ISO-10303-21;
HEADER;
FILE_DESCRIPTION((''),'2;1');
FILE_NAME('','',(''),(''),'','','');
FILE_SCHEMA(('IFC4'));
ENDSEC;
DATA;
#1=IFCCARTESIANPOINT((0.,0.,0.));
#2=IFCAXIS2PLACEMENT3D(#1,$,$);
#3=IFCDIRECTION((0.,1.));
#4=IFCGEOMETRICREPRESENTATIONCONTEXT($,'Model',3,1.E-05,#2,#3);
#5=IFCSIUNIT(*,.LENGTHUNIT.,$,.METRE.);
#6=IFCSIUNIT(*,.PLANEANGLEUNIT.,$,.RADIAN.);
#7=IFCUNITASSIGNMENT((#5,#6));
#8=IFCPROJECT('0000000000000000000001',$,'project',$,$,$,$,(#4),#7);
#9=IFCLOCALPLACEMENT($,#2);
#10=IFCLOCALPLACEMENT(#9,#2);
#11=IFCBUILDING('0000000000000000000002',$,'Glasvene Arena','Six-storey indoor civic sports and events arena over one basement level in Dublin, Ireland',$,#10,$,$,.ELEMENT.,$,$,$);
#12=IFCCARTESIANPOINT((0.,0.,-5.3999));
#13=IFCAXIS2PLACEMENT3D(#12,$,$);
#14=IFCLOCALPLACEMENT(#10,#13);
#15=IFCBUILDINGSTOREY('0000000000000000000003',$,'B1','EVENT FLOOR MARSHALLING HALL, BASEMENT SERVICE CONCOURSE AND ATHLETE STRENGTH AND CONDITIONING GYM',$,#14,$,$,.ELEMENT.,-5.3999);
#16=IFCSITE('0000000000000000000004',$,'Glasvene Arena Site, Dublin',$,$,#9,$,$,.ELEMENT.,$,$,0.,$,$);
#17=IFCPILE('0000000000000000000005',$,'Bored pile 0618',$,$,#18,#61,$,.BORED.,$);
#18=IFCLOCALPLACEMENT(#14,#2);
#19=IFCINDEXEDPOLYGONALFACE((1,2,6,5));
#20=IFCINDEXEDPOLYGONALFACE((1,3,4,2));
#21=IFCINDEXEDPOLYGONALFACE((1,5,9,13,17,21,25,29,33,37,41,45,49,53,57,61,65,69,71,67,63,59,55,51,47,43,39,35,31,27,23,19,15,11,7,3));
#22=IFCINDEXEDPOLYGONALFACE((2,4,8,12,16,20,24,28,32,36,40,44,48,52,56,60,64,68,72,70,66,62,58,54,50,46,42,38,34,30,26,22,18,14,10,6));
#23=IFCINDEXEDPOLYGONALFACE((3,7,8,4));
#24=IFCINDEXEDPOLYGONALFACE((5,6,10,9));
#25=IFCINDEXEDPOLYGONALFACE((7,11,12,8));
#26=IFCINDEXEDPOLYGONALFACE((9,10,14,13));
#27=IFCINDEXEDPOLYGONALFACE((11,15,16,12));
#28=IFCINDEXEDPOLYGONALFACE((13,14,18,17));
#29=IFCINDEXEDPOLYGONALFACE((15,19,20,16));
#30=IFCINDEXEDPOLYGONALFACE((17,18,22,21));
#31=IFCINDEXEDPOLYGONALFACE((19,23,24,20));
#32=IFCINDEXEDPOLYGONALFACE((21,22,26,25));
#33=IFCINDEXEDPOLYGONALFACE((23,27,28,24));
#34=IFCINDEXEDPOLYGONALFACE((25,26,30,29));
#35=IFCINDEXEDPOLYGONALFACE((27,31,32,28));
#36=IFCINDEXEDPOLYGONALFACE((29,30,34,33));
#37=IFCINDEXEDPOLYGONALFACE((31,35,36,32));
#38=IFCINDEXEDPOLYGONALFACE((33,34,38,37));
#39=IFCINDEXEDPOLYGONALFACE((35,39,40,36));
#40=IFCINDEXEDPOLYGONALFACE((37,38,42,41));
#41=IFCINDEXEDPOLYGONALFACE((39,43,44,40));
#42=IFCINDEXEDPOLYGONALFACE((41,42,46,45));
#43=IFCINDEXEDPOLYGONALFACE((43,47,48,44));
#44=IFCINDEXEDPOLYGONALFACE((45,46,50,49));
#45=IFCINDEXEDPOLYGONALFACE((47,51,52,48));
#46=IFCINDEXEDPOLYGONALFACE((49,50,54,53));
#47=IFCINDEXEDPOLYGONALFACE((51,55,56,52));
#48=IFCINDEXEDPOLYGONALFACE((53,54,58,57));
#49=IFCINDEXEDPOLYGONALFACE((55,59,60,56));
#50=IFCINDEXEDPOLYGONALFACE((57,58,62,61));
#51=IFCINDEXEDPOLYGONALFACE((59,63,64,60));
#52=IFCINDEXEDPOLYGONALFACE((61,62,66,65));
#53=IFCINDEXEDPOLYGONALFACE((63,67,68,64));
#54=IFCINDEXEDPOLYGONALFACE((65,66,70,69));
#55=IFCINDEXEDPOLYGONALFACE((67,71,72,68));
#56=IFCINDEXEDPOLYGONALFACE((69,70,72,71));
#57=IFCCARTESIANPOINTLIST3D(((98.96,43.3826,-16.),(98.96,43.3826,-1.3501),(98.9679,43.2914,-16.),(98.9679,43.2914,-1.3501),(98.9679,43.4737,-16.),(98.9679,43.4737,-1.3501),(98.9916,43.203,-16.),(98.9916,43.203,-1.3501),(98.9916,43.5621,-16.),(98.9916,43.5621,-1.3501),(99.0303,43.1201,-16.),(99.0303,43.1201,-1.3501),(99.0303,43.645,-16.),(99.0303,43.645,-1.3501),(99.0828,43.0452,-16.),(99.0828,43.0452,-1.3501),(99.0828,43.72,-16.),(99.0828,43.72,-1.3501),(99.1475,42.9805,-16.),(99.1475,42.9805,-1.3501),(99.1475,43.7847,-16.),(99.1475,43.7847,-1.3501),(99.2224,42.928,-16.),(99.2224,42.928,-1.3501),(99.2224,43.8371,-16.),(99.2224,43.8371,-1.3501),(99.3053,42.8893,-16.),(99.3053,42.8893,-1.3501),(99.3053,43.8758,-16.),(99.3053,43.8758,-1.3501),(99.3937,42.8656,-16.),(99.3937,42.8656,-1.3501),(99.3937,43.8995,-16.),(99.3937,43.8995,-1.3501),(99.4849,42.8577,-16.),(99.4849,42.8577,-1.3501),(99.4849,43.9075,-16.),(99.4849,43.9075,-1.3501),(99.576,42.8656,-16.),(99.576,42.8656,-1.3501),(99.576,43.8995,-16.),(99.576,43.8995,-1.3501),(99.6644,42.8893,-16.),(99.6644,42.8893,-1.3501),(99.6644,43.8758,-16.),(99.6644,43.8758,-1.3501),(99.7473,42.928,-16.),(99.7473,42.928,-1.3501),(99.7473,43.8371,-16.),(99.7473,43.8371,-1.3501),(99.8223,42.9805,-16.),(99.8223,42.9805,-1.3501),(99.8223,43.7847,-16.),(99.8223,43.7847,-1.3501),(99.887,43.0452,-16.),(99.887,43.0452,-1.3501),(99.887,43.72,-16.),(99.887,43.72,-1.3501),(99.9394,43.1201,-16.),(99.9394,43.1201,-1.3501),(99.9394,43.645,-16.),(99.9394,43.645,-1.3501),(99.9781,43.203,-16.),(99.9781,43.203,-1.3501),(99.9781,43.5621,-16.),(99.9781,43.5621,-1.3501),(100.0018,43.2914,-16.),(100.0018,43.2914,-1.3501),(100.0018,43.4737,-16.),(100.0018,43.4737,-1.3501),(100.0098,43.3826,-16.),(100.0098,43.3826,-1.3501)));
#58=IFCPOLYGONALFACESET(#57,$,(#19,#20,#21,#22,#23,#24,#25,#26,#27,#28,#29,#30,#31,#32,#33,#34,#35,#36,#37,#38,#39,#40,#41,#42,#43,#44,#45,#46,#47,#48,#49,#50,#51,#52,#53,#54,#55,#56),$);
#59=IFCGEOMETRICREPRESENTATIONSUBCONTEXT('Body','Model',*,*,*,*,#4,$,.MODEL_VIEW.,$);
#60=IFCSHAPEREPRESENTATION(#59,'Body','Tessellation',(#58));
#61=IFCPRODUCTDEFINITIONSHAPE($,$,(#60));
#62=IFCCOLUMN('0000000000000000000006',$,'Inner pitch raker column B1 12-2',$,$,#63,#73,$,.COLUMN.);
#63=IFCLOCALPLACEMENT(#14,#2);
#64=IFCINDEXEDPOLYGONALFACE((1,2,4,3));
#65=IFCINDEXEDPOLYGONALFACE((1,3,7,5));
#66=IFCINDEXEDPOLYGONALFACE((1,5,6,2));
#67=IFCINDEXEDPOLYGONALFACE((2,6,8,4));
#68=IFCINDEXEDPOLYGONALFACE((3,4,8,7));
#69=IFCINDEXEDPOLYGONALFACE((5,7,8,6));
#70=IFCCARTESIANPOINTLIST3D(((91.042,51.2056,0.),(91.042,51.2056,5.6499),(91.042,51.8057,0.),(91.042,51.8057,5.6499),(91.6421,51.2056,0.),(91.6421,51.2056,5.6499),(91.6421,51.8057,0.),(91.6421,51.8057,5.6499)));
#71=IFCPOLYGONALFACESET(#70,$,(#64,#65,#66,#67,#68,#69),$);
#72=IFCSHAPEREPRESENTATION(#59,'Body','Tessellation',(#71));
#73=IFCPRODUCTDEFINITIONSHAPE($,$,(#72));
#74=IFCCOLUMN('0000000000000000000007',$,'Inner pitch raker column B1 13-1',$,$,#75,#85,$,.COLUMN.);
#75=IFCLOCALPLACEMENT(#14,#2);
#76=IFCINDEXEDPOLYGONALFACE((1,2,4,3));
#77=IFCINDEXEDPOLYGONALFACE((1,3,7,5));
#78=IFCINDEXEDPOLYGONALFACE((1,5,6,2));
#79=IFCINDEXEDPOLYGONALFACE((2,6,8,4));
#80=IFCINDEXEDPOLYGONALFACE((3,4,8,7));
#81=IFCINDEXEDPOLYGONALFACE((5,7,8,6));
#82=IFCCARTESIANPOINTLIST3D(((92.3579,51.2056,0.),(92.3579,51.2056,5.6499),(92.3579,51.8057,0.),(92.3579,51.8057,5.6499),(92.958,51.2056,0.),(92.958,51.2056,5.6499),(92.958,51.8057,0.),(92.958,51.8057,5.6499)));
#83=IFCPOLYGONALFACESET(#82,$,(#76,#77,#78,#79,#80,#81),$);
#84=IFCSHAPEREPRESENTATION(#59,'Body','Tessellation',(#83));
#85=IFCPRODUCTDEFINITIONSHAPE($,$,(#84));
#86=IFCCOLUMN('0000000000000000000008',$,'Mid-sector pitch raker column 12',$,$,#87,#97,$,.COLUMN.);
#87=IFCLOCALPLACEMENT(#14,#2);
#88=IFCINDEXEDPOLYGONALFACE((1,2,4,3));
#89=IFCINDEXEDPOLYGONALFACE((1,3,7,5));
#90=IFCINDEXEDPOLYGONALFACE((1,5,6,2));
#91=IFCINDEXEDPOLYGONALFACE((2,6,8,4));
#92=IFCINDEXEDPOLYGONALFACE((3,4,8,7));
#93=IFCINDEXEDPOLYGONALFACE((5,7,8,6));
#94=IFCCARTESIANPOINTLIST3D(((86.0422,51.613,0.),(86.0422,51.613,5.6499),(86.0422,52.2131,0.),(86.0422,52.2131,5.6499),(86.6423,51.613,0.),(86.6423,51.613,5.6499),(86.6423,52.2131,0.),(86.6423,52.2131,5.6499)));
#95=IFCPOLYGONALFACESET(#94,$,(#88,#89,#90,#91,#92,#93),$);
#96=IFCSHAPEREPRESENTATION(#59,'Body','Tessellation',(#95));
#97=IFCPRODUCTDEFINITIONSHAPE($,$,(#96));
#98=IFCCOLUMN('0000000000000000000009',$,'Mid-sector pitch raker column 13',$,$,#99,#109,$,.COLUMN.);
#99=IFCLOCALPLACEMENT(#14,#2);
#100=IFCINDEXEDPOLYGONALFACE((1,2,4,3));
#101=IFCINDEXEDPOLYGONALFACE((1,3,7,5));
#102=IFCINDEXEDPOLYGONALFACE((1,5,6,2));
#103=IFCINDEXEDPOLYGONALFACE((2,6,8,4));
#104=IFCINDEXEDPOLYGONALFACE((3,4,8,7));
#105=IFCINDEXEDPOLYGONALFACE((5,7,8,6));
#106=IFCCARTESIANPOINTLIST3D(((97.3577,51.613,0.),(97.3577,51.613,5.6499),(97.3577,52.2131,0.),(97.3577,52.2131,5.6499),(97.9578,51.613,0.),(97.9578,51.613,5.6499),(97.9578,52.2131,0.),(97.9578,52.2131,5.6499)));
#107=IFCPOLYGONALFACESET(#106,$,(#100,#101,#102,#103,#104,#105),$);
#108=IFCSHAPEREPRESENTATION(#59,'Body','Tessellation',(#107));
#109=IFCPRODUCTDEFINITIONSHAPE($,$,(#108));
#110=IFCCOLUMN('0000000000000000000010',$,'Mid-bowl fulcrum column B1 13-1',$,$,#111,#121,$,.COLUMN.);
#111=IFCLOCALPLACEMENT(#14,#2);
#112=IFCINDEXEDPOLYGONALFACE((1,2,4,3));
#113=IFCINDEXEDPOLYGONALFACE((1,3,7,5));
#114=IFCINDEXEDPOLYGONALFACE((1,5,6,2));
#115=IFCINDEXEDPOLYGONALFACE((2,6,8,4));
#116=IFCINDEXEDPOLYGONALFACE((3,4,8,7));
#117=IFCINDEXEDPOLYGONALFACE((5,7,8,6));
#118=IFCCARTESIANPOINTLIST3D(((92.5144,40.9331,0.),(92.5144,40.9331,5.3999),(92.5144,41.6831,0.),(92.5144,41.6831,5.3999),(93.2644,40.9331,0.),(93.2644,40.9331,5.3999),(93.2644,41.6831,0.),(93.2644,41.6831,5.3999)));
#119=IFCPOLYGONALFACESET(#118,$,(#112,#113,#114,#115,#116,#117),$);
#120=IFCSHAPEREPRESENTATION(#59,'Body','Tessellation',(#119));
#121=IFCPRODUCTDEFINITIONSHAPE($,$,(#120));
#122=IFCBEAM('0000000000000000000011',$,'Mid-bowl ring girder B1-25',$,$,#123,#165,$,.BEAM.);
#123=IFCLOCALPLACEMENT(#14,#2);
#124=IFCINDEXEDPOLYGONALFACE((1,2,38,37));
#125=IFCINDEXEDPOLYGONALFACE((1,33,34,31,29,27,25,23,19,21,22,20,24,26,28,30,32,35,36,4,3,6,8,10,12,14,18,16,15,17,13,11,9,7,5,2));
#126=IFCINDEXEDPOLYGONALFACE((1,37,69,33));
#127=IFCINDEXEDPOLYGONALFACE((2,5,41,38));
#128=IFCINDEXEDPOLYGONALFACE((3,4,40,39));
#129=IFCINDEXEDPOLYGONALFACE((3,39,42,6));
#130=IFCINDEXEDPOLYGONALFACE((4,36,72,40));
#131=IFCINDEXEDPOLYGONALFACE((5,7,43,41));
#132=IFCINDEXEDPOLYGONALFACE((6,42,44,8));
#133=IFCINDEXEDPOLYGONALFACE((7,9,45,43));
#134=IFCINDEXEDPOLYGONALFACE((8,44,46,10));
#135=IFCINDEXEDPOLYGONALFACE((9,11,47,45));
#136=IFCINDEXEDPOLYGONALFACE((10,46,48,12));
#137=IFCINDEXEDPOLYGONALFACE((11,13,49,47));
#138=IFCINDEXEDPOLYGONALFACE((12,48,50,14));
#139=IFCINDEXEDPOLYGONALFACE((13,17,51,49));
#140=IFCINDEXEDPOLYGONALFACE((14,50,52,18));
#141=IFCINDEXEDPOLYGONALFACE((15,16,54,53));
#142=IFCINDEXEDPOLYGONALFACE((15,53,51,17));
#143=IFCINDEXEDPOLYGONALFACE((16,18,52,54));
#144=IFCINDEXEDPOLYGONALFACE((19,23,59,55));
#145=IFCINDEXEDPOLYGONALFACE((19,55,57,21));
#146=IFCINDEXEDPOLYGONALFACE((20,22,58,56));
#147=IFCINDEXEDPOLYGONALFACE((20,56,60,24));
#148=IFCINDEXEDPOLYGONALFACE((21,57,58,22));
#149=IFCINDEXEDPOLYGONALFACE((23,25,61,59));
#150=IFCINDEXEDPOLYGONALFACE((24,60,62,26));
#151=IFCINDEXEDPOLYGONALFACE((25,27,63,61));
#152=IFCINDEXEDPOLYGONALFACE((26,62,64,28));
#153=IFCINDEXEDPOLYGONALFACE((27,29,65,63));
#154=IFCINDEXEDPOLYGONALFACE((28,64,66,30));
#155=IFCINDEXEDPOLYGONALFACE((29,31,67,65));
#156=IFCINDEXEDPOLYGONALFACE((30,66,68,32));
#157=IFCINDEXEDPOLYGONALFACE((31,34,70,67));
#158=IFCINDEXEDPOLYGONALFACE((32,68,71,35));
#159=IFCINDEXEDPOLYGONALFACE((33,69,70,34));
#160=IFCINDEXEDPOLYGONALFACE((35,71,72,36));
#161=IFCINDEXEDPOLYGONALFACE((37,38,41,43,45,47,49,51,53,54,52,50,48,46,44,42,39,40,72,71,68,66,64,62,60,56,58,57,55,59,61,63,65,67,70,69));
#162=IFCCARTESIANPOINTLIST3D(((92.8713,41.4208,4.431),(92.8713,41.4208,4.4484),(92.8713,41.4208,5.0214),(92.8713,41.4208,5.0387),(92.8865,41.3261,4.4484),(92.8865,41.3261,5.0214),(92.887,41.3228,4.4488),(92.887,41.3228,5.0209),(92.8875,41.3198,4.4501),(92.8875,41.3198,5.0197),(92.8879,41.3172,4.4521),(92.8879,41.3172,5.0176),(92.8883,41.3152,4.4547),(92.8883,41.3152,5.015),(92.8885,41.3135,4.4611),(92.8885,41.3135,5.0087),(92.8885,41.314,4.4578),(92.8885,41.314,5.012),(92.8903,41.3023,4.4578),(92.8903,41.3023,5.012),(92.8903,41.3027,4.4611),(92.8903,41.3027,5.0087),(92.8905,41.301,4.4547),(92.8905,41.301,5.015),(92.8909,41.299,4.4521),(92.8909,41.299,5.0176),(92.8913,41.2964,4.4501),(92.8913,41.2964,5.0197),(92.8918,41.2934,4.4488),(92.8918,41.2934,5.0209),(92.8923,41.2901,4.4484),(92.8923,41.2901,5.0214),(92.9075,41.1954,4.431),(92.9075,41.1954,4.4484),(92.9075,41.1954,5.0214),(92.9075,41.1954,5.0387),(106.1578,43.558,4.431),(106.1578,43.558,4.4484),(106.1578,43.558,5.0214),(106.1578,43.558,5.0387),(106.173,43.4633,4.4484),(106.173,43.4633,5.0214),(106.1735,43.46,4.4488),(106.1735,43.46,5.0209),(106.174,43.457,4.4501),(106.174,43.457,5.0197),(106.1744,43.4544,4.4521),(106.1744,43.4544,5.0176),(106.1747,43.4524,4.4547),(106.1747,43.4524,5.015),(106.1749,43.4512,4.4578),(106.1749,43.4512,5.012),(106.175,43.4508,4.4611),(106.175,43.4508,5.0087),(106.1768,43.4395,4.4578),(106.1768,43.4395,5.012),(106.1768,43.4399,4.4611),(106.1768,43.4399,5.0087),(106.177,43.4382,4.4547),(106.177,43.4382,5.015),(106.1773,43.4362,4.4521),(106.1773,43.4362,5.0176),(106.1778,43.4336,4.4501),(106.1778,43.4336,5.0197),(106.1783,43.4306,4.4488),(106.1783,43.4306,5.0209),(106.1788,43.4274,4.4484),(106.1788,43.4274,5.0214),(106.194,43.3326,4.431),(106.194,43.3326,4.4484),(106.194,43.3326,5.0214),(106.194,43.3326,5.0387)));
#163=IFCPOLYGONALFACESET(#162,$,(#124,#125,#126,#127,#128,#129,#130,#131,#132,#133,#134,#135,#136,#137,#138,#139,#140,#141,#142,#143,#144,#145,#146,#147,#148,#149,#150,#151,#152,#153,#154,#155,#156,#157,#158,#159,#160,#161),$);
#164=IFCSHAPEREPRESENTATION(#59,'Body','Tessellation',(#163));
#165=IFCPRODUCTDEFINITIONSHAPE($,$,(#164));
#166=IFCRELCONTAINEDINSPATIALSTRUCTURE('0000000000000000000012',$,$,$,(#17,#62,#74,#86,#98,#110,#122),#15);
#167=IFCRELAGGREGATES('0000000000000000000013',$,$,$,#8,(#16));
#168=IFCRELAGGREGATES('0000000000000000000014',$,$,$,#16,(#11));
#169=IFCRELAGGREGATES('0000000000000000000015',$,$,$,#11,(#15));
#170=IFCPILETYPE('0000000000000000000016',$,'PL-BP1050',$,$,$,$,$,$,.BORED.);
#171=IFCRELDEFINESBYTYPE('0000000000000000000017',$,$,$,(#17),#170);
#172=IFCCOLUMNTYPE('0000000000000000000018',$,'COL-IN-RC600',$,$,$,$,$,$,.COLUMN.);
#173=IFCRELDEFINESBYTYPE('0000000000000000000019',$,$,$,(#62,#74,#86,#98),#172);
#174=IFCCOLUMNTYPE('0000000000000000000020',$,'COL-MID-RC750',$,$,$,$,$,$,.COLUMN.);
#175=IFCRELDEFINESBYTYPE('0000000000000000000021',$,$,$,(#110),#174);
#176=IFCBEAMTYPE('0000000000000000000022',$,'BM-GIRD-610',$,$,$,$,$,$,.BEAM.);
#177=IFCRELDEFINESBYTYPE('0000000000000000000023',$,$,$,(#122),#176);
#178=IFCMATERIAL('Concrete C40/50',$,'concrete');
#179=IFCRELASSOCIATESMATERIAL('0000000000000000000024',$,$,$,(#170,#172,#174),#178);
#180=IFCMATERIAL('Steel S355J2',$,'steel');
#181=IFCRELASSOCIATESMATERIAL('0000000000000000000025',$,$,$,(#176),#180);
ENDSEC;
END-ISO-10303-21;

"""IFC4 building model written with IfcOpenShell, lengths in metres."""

from ifc_helpers import new_model, si_unit, direction, frame, origin, origin_2d, place, context, subcontext, project, spatial, rectangle, circle, i_section, extrude, material, material_profile, profile_set, type_object, element, save


model = new_model("IFC4")

# Units and contexts
model_context = context("Model", 3, precision=1e-05, world=origin(), true_north=direction((0.0, 1.0)))
body_context = subcontext(model_context, "Body", "Model", "MODEL_VIEW")
ifc_project = project(units=[si_unit("LENGTHUNIT", "METRE"), si_unit("PLANEANGLEUNIT", "RADIAN")], contexts=[model_context])

# Site, building, storey
site_placement = place(None, origin())
site = spatial("IfcSite", under=ifc_project, at=site_placement, Name="Glasvene Arena Site, Dublin", CompositionType="ELEMENT", RefElevation=0.0)
building_placement = place(site_placement, origin())
building = spatial("IfcBuilding", under=site, at=building_placement, Name="Glasvene Arena", Description="Six-storey indoor civic sports and events arena over one basement level in Dublin, Ireland", CompositionType="ELEMENT")
storey_placement = place(building_placement, frame((0.0, 0.0, -5.3999)))
storey = spatial("IfcBuildingStorey", under=building, at=storey_placement, Name="B1", Description="EVENT FLOOR MARSHALLING HALL, BASEMENT SERVICE CONCOURSE AND ATHLETE STRENGTH AND CONDITIONING GYM", CompositionType="ELEMENT", Elevation=-5.3999)

# Pile
ifc_material_1 = material(Name="Concrete C40/50", Category="concrete")
ifc_material_profile_1 = material_profile(ifc_material_1, circle(Radius=0.5249, at=origin_2d()), Name="BORED PILE 1050")
ifc_profile_set_1 = profile_set([ifc_material_profile_1], Name="Concrete C40/50")
pile_type = type_object("IfcPileType", Name="PL-BP1050", PredefinedType="BORED", material=ifc_profile_set_1)
for number, where, z_axis, x_axis, name in (
    (1, (99.4849, 43.3826, -1.3501), (0.0, 0.0, -1.0), (1.0, 0.0, 0.0), "Bored pile 0618"),
):
    element("IfcPile", number, at=place(storey_placement, frame(where, z_axis=z_axis, x_axis=x_axis)), inside=storey, type_object=pile_type, Name=name, PredefinedType="BORED", context=body_context, shape_type="SweptSolid", body=[
        extrude(circle(Radius=0.5249, at=origin_2d()), origin(), (0.0, 0.0, 1.0), 14.6499),
    ])

# Columns
ifc_material_profile_2 = material_profile(ifc_material_1, rectangle(XDim=0.6001, YDim=0.6001, at=origin_2d()), Name="RC 600x600")
ifc_profile_set_2 = profile_set([ifc_material_profile_2], Name="Concrete C40/50")
column_type_1 = type_object("IfcColumnType", Name="COL-IN-RC600", PredefinedType="COLUMN", material=ifc_profile_set_2)
for number, where, z_axis, x_axis, name in (
    (2, (91.342, 51.5056, 0.0), (0.0, 0.0, 1.0), (1.0, 0.0, 0.0), "Inner pitch raker column B1 12-2"),
    (3, (92.658, 51.5056, 0.0), (0.0, 0.0, 1.0), (1.0, 0.0, 0.0), "Inner pitch raker column B1 13-1"),
    (4, (86.3423, 51.9131, 0.0), (0.0, 0.0, 1.0), (1.0, 0.0, 0.0), "Mid-sector pitch raker column 12"),
    (5, (97.6577, 51.9131, 0.0), (0.0, 0.0, 1.0), (1.0, 0.0, 0.0), "Mid-sector pitch raker column 13"),
):
    element("IfcColumn", number, at=place(storey_placement, frame(where, z_axis=z_axis, x_axis=x_axis)), inside=storey, type_object=column_type_1, Name=name, PredefinedType="COLUMN", context=body_context, shape_type="SweptSolid", body=[
        extrude(rectangle(XDim=0.6001, YDim=0.6001, at=origin_2d()), origin(), (0.0, 0.0, 1.0), 5.6499),
    ])
ifc_material_profile_3 = material_profile(ifc_material_1, rectangle(XDim=0.75, YDim=0.75, at=origin_2d()), Name="RC 750x750")
ifc_profile_set_3 = profile_set([ifc_material_profile_3], Name="Concrete C40/50")
column_type_2 = type_object("IfcColumnType", Name="COL-MID-RC750", PredefinedType="COLUMN", material=ifc_profile_set_3)
column_placement = place(storey_placement, frame((92.8894, 41.3081, 0.0), z_axis=(0.0, 0.0, 1.0), x_axis=(1.0, 0.0, 0.0)))
element("IfcColumn", 6, at=column_placement, inside=storey, type_object=column_type_2, Name="Mid-bowl fulcrum column B1 13-1", PredefinedType="COLUMN", context=body_context, shape_type="SweptSolid", body=[
    extrude(rectangle(XDim=0.75, YDim=0.75, at=origin_2d()), origin(), (0.0, 0.0, 1.0), 5.3999),
])

# Beam
ifc_material_2 = material(Name="Steel S355J2", Category="steel")
ifc_material_profile_4 = material_profile(ifc_material_2, i_section(OverallWidth=0.2283, OverallDepth=0.6077, WebThickness=0.011, FlangeThickness=0.0173, FilletRadius=0.0127, at=origin_2d()), Name="UKB 610x229x113")
ifc_profile_set_4 = profile_set([ifc_material_profile_4], Name="Steel S355J2")
beam_type_1 = type_object("IfcBeamType", Name="BM-GIRD-610", PredefinedType="BEAM", material=ifc_profile_set_4)
beam_1_placement = place(storey_placement, frame((92.8894, 41.3081, 4.7349), z_axis=(0.987308, 0.158815, 0.0), x_axis=(-0.158815, 0.987308, 0.0)))
element("IfcBeam", 7, at=beam_1_placement, inside=storey, type_object=beam_type_1, Name="Mid-bowl ring girder B1-25", PredefinedType="BEAM", context=body_context, shape_type="SweptSolid", body=[
    extrude(i_section(OverallWidth=0.2283, OverallDepth=0.6077, WebThickness=0.011, FlangeThickness=0.0173, FilletRadius=0.0127, at=origin_2d()), origin(), (0.0, 0.0, 1.0), 13.4573),
])

save(model, "model.ifc")
